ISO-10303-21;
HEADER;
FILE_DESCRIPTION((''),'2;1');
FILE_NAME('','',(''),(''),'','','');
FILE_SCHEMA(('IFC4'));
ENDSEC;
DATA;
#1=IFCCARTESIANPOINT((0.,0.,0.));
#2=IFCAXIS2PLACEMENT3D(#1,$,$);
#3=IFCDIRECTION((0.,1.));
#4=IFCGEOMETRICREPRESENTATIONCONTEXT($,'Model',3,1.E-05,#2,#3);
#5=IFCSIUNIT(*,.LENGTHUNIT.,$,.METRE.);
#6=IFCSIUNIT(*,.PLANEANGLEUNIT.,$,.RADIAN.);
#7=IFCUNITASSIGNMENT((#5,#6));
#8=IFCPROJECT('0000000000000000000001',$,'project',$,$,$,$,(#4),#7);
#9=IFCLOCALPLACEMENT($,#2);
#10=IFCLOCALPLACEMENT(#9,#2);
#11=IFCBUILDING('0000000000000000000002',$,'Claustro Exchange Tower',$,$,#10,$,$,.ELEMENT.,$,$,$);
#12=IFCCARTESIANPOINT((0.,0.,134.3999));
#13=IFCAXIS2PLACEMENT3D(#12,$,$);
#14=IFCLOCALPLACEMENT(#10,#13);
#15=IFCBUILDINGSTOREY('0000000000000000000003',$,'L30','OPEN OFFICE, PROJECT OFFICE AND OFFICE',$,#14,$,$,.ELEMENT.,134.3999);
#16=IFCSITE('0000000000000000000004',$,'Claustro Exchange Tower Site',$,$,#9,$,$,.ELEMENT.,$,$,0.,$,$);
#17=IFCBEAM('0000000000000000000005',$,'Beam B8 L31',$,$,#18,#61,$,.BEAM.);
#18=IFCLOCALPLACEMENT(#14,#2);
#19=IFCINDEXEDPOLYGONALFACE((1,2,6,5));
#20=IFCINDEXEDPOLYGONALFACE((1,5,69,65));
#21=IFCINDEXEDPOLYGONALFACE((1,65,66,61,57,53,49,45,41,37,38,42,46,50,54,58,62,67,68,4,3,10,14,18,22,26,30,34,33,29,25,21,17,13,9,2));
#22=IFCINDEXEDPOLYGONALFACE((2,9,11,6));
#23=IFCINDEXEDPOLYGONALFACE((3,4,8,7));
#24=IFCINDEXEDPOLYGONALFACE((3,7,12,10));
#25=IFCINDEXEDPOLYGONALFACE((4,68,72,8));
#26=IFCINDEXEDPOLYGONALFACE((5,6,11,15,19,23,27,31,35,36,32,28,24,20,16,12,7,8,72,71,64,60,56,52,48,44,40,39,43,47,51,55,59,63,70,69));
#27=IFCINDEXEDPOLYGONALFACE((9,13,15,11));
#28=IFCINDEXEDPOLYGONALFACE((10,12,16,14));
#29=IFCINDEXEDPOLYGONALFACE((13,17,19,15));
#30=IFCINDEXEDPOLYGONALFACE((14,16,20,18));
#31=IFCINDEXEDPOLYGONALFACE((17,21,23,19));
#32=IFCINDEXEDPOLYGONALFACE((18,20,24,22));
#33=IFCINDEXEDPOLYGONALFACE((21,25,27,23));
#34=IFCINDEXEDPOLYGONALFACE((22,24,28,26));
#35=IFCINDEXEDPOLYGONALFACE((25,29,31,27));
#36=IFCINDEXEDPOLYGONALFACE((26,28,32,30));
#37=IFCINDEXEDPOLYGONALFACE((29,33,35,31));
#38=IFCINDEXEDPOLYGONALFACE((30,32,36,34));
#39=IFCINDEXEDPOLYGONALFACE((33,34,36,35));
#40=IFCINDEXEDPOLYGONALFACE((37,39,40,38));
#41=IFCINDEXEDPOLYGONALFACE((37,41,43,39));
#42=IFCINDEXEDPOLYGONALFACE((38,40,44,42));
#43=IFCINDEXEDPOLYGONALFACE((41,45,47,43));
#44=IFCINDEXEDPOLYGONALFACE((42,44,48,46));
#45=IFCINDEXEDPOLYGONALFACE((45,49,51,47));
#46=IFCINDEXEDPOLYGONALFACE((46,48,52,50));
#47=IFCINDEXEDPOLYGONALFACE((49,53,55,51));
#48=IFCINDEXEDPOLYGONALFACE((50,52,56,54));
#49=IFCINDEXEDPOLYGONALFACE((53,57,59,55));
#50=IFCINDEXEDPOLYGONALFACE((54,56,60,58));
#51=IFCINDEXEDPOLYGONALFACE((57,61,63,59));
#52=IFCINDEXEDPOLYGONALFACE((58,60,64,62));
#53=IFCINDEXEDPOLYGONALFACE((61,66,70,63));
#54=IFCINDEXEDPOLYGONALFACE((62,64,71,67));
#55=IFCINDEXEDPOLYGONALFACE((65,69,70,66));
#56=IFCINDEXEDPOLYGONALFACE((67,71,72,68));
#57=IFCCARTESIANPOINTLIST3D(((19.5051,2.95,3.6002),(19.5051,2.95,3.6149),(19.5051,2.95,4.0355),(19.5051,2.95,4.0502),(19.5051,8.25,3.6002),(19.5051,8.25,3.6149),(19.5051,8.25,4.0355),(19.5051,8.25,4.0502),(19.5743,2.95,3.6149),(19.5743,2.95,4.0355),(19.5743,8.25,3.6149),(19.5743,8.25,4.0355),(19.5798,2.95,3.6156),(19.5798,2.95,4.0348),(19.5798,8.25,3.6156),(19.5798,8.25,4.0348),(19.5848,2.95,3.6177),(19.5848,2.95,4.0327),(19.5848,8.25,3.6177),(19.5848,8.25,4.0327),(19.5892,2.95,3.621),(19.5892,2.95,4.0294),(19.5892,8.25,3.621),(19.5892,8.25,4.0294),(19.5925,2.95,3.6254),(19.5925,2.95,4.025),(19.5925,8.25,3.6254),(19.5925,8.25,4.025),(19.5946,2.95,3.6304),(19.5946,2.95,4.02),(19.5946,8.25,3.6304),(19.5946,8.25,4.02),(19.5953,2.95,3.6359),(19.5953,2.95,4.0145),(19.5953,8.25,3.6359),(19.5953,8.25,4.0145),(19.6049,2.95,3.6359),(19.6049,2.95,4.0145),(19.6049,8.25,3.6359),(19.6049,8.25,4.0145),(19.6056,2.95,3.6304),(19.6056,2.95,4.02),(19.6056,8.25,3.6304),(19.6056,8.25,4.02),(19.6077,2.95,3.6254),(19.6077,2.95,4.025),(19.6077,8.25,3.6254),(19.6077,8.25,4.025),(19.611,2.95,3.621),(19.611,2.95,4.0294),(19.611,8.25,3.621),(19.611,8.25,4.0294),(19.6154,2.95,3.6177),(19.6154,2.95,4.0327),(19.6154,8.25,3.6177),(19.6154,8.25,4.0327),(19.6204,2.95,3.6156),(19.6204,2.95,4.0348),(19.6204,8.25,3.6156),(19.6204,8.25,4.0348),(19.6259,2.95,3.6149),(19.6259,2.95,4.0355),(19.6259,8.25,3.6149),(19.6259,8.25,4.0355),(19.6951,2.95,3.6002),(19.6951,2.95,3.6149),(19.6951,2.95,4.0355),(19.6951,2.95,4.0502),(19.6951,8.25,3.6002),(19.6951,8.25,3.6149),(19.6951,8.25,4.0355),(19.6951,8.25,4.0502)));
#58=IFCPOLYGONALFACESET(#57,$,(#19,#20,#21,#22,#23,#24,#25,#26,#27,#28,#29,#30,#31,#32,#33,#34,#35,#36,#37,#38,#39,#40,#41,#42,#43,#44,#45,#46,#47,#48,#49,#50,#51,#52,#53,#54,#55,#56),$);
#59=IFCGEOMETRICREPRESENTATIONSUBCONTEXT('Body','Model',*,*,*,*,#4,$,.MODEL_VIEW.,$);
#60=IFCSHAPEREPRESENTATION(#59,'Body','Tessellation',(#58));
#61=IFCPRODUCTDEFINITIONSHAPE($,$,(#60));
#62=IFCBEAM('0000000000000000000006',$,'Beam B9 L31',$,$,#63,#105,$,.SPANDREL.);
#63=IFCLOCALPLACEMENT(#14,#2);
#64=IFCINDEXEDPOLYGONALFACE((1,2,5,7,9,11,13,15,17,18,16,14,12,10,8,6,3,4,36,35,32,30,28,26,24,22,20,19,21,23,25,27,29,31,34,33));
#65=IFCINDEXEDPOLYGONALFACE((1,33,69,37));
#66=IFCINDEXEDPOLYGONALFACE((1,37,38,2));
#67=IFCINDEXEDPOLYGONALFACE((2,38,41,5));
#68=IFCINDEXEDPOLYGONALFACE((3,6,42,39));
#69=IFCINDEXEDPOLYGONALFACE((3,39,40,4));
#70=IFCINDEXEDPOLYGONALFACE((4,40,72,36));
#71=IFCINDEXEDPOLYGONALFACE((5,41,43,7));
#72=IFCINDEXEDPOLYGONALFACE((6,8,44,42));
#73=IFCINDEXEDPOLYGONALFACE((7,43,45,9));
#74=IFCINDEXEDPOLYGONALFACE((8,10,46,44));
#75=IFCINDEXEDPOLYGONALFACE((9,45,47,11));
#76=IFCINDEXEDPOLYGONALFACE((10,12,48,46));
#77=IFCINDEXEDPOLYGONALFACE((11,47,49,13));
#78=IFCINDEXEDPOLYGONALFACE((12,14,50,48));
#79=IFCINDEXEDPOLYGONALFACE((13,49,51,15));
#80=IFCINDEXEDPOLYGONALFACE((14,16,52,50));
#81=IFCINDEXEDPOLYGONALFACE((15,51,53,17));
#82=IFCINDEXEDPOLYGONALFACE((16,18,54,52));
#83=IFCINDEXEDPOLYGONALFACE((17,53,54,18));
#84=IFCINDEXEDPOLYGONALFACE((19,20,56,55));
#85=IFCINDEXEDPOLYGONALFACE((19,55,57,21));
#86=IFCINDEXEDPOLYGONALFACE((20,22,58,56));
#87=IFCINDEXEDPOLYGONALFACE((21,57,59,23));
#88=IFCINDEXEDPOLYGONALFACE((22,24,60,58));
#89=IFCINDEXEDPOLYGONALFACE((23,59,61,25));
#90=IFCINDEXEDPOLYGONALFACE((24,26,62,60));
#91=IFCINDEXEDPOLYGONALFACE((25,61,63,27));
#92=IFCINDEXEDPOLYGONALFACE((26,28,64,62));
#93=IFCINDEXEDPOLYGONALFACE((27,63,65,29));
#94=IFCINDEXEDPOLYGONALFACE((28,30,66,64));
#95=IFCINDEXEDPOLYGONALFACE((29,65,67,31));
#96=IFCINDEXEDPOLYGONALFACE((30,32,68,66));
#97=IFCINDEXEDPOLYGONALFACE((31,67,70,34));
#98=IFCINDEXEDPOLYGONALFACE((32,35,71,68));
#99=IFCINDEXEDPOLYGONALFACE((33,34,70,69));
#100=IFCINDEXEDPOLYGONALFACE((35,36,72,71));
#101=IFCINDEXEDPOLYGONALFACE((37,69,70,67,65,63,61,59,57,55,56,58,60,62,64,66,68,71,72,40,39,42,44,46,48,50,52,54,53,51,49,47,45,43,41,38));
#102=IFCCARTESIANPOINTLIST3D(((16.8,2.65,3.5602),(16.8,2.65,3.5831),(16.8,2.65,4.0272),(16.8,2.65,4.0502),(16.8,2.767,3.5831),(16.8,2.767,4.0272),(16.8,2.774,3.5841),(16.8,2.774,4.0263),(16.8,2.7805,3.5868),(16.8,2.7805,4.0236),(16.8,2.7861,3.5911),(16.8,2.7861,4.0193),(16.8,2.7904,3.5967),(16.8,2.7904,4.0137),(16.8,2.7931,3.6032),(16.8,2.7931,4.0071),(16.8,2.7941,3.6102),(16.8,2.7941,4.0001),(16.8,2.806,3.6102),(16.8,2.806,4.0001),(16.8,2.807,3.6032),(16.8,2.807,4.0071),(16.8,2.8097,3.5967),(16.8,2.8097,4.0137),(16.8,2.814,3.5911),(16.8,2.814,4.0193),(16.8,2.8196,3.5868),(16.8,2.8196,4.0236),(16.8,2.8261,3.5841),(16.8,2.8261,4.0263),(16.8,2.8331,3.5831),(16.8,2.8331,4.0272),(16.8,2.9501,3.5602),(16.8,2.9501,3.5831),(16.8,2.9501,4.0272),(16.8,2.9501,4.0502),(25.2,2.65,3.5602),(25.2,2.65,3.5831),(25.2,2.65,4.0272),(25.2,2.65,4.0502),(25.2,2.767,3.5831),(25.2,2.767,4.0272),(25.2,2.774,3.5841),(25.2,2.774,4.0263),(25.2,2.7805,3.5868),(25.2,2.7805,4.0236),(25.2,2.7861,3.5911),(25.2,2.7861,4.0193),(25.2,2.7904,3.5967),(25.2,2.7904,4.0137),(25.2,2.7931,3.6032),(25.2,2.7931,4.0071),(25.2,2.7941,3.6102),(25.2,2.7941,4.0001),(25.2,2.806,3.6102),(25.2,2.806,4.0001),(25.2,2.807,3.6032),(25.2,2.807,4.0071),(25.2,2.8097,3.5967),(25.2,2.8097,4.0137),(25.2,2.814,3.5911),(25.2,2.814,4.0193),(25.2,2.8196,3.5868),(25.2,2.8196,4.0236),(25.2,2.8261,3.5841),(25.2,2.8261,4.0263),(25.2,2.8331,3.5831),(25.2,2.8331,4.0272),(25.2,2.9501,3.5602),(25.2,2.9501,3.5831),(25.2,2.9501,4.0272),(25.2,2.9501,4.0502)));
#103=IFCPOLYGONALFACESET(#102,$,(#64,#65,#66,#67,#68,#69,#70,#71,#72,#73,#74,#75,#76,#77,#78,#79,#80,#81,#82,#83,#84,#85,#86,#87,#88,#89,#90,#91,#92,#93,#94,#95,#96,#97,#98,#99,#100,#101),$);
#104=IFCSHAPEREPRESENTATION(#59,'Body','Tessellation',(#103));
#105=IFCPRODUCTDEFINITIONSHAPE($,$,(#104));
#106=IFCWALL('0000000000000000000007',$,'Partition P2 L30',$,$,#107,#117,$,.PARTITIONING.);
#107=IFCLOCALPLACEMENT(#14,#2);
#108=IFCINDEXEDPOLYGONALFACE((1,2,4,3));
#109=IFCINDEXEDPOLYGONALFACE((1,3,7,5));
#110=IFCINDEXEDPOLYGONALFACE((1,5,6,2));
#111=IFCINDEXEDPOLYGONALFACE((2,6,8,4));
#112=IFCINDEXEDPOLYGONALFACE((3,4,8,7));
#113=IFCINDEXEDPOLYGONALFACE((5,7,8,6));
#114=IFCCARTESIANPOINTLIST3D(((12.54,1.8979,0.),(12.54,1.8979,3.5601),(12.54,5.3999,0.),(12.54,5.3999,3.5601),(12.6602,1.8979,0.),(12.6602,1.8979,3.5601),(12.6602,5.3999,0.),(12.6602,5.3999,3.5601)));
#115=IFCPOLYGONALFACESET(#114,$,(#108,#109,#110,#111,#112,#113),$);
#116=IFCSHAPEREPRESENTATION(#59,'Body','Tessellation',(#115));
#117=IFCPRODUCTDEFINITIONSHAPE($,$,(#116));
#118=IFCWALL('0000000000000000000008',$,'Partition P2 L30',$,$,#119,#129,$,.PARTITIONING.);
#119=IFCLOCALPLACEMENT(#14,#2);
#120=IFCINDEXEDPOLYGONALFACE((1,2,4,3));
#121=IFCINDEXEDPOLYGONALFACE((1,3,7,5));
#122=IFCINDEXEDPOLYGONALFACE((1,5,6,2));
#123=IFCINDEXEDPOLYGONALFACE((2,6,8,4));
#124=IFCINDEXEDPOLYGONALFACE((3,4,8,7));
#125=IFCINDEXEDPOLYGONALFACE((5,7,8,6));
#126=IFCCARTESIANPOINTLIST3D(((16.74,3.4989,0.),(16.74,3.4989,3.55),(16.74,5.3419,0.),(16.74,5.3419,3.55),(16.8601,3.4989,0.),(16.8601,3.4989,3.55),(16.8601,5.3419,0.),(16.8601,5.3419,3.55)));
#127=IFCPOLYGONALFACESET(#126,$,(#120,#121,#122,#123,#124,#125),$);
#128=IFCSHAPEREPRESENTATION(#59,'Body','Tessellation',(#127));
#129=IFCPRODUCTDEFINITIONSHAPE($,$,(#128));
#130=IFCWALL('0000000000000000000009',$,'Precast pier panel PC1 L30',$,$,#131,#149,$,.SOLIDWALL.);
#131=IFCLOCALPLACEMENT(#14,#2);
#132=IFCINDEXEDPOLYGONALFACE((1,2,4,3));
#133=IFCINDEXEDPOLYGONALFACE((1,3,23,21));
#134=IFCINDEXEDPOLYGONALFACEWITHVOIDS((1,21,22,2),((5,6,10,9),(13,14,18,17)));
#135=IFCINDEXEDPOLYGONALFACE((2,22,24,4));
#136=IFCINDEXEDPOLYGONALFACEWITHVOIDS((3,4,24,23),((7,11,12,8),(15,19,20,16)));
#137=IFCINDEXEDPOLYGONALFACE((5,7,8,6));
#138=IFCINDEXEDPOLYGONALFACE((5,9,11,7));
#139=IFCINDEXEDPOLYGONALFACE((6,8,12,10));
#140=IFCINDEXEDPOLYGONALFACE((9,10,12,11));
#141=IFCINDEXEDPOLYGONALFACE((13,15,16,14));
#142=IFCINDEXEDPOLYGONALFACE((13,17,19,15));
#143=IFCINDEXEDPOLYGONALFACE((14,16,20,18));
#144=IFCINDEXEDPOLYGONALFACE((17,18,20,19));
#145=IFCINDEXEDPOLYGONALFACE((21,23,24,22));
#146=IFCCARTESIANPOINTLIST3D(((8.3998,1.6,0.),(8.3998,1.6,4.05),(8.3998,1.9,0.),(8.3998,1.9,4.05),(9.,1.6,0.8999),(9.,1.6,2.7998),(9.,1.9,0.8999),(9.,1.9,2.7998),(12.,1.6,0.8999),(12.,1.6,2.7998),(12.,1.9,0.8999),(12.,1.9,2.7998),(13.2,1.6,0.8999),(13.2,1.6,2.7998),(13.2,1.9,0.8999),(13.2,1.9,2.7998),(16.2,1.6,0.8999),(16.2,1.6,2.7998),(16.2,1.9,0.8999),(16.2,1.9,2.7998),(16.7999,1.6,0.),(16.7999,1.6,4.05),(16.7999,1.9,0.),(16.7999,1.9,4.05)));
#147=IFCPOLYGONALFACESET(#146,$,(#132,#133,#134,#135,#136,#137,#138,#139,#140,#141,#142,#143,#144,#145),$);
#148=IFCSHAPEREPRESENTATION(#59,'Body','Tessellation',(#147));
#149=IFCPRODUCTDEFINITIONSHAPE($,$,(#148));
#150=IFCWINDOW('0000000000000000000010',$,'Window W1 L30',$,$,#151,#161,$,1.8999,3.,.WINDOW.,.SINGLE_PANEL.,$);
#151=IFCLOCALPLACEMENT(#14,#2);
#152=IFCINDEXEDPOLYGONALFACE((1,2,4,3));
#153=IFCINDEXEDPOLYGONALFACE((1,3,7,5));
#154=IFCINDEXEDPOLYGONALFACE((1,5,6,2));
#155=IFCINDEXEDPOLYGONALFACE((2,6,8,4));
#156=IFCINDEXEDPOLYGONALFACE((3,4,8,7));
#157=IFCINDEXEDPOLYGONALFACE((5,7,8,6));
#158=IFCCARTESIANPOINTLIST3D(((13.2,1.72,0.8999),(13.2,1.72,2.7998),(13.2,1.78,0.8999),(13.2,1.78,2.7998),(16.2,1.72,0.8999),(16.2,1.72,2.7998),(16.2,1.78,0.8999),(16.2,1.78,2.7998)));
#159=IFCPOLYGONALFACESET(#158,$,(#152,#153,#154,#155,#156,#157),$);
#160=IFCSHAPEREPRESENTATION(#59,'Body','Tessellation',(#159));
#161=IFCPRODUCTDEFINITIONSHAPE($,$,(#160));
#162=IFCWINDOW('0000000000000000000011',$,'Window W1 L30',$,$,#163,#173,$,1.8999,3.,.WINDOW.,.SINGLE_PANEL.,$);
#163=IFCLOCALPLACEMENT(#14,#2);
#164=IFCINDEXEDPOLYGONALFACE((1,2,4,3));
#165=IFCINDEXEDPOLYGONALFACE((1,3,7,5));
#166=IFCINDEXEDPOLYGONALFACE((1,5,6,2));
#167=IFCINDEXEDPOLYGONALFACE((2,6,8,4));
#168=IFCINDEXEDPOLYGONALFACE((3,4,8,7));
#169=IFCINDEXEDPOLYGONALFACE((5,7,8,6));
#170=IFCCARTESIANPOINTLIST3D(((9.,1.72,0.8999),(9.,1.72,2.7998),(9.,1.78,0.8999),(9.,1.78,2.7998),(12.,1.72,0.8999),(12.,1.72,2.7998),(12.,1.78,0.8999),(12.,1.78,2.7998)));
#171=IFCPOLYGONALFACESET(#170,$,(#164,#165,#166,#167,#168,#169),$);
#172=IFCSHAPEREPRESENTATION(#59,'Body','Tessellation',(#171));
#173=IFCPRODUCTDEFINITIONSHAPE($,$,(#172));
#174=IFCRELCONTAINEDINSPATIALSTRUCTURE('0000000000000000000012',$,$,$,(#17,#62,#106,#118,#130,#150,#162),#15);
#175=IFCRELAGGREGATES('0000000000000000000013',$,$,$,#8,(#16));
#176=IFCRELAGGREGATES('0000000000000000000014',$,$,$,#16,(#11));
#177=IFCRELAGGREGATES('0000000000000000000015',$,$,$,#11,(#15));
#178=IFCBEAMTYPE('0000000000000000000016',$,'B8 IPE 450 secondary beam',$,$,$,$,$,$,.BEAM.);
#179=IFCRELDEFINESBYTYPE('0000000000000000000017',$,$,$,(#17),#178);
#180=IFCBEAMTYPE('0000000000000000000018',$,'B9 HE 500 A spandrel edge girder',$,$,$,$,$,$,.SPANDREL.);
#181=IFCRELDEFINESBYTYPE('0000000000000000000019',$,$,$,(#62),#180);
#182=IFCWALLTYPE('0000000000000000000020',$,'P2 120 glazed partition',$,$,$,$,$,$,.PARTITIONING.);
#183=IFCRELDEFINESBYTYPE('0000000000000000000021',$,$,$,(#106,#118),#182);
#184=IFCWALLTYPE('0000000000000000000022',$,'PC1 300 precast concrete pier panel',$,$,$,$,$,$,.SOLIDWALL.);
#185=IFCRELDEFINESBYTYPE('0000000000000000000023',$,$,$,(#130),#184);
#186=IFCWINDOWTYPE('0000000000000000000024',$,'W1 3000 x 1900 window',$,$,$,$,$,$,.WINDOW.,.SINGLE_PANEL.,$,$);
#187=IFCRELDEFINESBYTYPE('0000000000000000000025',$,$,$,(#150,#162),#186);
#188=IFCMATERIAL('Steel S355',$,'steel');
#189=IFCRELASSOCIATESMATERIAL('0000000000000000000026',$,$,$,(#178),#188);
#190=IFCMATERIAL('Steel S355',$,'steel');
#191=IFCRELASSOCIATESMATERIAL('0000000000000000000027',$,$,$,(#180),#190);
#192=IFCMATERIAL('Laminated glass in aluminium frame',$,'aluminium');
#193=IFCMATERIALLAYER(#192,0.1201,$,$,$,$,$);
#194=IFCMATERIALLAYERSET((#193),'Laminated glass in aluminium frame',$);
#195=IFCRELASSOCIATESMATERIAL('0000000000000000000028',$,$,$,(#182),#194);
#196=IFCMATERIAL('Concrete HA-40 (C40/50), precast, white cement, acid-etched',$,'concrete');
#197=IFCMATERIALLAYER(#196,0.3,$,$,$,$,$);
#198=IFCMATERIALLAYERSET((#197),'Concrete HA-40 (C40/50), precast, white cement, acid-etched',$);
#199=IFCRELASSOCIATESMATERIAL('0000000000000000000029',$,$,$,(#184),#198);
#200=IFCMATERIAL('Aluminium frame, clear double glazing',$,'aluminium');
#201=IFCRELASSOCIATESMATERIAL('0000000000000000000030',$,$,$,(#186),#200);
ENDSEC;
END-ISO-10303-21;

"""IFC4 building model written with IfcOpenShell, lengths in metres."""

from ifc_helpers import new_model, si_unit, direction, frame, frame_2d, origin, origin_2d, place, context, subcontext, project, spatial, rectangle, i_section, extrude, material, layer, layer_set, material_profile, profile_set, type_object, element, fill, save


model = new_model("IFC4")

# Units and contexts
model_context = context("Model", 3, precision=1e-05, world=origin(), true_north=direction((0.0, 1.0)))
body_context = subcontext(model_context, "Body", "Model", "MODEL_VIEW")
ifc_project = project(units=[si_unit("LENGTHUNIT", "METRE"), si_unit("PLANEANGLEUNIT", "RADIAN")], contexts=[model_context])

# Site, building, storey
site_placement = place(None, origin())
site = spatial("IfcSite", under=ifc_project, at=site_placement, Name="Claustro Exchange Tower Site", CompositionType="ELEMENT", RefElevation=0.0)
building_placement = place(site_placement, origin())
building = spatial("IfcBuilding", under=site, at=building_placement, Name="Claustro Exchange Tower", CompositionType="ELEMENT")
storey_placement = place(building_placement, frame((0.0, 0.0, 134.3999)))
storey = spatial("IfcBuildingStorey", under=building, at=storey_placement, Name="L30", Description="OPEN OFFICE, PROJECT OFFICE AND OFFICE", CompositionType="ELEMENT", Elevation=134.3999)

# Beams
ifc_material_1 = material(Name="Steel S355", Category="steel")
ifc_material_profile_1 = material_profile(ifc_material_1, i_section(OverallWidth=0.1899, OverallDepth=0.45, WebThickness=0.0095, FlangeThickness=0.0146, FilletRadius=0.021, at=origin_2d()), Name="IPE 450")
ifc_profile_set_1 = profile_set([ifc_material_profile_1], Name="Steel S355")
beam_type_1 = type_object("IfcBeamType", Name="B8 IPE 450 secondary beam", PredefinedType="BEAM", material=ifc_profile_set_1)
for number, where, z_axis, x_axis, name in (
    (1, (19.6001, 2.95, 3.8252), (0.0, 1.0, 0.0), (-1.0, 0.0, 0.0), "Beam B8 L31"),
):
    element("IfcBeam", number, at=place(storey_placement, frame(where, z_axis=z_axis, x_axis=x_axis)), inside=storey, type_object=beam_type_1, Name=name, PredefinedType="BEAM", context=body_context, shape_type="SweptSolid", body=[
        extrude(i_section(OverallWidth=0.1899, OverallDepth=0.45, WebThickness=0.0095, FlangeThickness=0.0146, FilletRadius=0.021, at=origin_2d()), origin(), (0.0, 0.0, 1.0), 5.3),
    ])
ifc_material_2 = material(Name="Steel S355", Category="steel")
ifc_material_profile_2 = material_profile(ifc_material_2, i_section(OverallWidth=0.3, OverallDepth=0.49, WebThickness=0.012, FlangeThickness=0.0229, FilletRadius=0.0271, at=origin_2d()), Name="HE 500 A")
ifc_profile_set_2 = profile_set([ifc_material_profile_2], Name="Steel S355")
beam_type_2 = type_object("IfcBeamType", Name="B9 HE 500 A spandrel edge girder", PredefinedType="SPANDREL", material=ifc_profile_set_2)
beam_1_placement = place(storey_placement, frame((16.8, 2.8, 3.8052), z_axis=(1.0, 0.0, 0.0), x_axis=(0.0, 1.0, 0.0)))
element("IfcBeam", 2, at=beam_1_placement, inside=storey, type_object=beam_type_2, Name="Beam B9 L31", PredefinedType="SPANDREL", context=body_context, shape_type="SweptSolid", body=[
    extrude(i_section(OverallWidth=0.3, OverallDepth=0.49, WebThickness=0.012, FlangeThickness=0.0229, FilletRadius=0.0271, at=origin_2d()), origin(), (0.0, 0.0, 1.0), 8.3999),
])

# Walls
ifc_material_3 = material(Name="Laminated glass in aluminium frame", Category="aluminium")
ifc_layer_1 = layer(ifc_material_3, 0.1201)
ifc_layer_set_1 = layer_set([ifc_layer_1], Name="Laminated glass in aluminium frame")
wall_type_1 = type_object("IfcWallType", Name="P2 120 glazed partition", PredefinedType="PARTITIONING", material=ifc_layer_set_1)
wall_1_placement = place(storey_placement, frame((12.6001, 1.8979, 0.0), z_axis=(0.0, 0.0, 1.0), x_axis=(0.0, 1.0, 0.0)))
element("IfcWall", 3, at=wall_1_placement, inside=storey, type_object=wall_type_1, Name="Partition P2 L30", PredefinedType="PARTITIONING", context=body_context, shape_type="SweptSolid", body=[
    extrude(rectangle(XDim=3.502, YDim=0.1201, at=frame_2d((1.751, 0.0))), origin(), (0.0, 0.0, 1.0), 3.5601),
])
wall_2_placement = place(storey_placement, frame((16.8, 3.499, 0.0), z_axis=(0.0, 0.0, 1.0), x_axis=(0.0, 1.0, 0.0)))
element("IfcWall", 4, at=wall_2_placement, inside=storey, type_object=wall_type_1, Name="Partition P2 L30", PredefinedType="PARTITIONING", context=body_context, shape_type="SweptSolid", body=[
    extrude(rectangle(XDim=1.843, YDim=0.1201, at=frame_2d((0.9214, 0.0))), origin(), (0.0, 0.0, 1.0), 3.55),
])

# Wall, openings, windows
ifc_material_4 = material(Name="Concrete HA-40 (C40/50), precast, white cement, acid-etched", Category="concrete")
ifc_layer_2 = layer(ifc_material_4, 0.3)
ifc_layer_set_2 = layer_set([ifc_layer_2], Name="Concrete HA-40 (C40/50), precast, white cement, acid-etched")
wall_type_2 = type_object("IfcWallType", Name="PC1 300 precast concrete pier panel", PredefinedType="SOLIDWALL", material=ifc_layer_set_2)
wall_3_placement = place(storey_placement, frame((16.8, 1.75, 0.0), z_axis=(0.0, 0.0, 1.0), x_axis=(-1.0, 0.0, 0.0)))
wall_3 = element("IfcWall", 5, at=wall_3_placement, inside=storey, type_object=wall_type_2, Name="Precast pier panel PC1 L30", PredefinedType="SOLIDWALL", context=body_context, shape_type="SweptSolid", body=[
    extrude(rectangle(XDim=8.4001, YDim=0.3, at=frame_2d((4.2002, 0.0))), origin(), (0.0, 0.0, 1.0), 4.05),
])
opening_1_placement = place(wall_3_placement, frame((0.6001, 0.0, 0.8999)))
opening_1 = element("IfcOpeningElement", 6, at=opening_1_placement, cuts=wall_3, PredefinedType="OPENING", context=body_context, shape_type="SweptSolid", body=[
    extrude(rectangle(XDim=3.0, YDim=1.8999, at=frame_2d((1.5, 0.95))), frame((0.0, 0.1599, 0.0), z_axis=(0.0, -1.0, 0.0), x_axis=(1.0, 0.0, 0.0)), (0.0, 0.0, 1.0), 0.3201),
])
opening_2_placement = place(wall_3_placement, frame((4.8, 0.0, 0.8999)))
opening_2 = element("IfcOpeningElement", 7, at=opening_2_placement, cuts=wall_3, PredefinedType="OPENING", context=body_context, shape_type="SweptSolid", body=[
    extrude(rectangle(XDim=3.0, YDim=1.8999, at=frame_2d((1.5, 0.95))), frame((0.0, 0.1599, 0.0), z_axis=(0.0, -1.0, 0.0), x_axis=(1.0, 0.0, 0.0)), (0.0, 0.0, 1.0), 0.3201),
])
ifc_material_5 = material(Name="Aluminium frame, clear double glazing", Category="aluminium")
window_type = type_object("IfcWindowType", Name="W1 3000 x 1900 window", PartitioningType="SINGLE_PANEL", PredefinedType="WINDOW", material=ifc_material_5)
window_1_placement = place(opening_1_placement, origin())
window_1 = element("IfcWindow", 8, at=window_1_placement, inside=storey, type_object=window_type, Name="Window W1 L30", OverallHeight=1.8999, OverallWidth=3.0, PartitioningType="SINGLE_PANEL", PredefinedType="WINDOW", context=body_context, shape_type="SweptSolid", body=[
    extrude(rectangle(XDim=3.0, YDim=1.8999, at=frame_2d((1.5, 0.95))), frame((0.0, 0.03, 0.0), z_axis=(0.0, -1.0, 0.0), x_axis=(1.0, 0.0, 0.0)), (0.0, 0.0, 1.0), 0.0601),
])
fill(opening_1, window_1)
window_2_placement = place(opening_2_placement, origin())
window_2 = element("IfcWindow", 9, at=window_2_placement, inside=storey, type_object=window_type, Name="Window W1 L30", OverallHeight=1.8999, OverallWidth=3.0, PartitioningType="SINGLE_PANEL", PredefinedType="WINDOW", context=body_context, shape_type="SweptSolid", body=[
    extrude(rectangle(XDim=3.0, YDim=1.8999, at=frame_2d((1.5, 0.95))), frame((0.0, 0.03, 0.0), z_axis=(0.0, -1.0, 0.0), x_axis=(1.0, 0.0, 0.0)), (0.0, 0.0, 1.0), 0.0601),
])
fill(opening_2, window_2)

save(model, "model.ifc")
